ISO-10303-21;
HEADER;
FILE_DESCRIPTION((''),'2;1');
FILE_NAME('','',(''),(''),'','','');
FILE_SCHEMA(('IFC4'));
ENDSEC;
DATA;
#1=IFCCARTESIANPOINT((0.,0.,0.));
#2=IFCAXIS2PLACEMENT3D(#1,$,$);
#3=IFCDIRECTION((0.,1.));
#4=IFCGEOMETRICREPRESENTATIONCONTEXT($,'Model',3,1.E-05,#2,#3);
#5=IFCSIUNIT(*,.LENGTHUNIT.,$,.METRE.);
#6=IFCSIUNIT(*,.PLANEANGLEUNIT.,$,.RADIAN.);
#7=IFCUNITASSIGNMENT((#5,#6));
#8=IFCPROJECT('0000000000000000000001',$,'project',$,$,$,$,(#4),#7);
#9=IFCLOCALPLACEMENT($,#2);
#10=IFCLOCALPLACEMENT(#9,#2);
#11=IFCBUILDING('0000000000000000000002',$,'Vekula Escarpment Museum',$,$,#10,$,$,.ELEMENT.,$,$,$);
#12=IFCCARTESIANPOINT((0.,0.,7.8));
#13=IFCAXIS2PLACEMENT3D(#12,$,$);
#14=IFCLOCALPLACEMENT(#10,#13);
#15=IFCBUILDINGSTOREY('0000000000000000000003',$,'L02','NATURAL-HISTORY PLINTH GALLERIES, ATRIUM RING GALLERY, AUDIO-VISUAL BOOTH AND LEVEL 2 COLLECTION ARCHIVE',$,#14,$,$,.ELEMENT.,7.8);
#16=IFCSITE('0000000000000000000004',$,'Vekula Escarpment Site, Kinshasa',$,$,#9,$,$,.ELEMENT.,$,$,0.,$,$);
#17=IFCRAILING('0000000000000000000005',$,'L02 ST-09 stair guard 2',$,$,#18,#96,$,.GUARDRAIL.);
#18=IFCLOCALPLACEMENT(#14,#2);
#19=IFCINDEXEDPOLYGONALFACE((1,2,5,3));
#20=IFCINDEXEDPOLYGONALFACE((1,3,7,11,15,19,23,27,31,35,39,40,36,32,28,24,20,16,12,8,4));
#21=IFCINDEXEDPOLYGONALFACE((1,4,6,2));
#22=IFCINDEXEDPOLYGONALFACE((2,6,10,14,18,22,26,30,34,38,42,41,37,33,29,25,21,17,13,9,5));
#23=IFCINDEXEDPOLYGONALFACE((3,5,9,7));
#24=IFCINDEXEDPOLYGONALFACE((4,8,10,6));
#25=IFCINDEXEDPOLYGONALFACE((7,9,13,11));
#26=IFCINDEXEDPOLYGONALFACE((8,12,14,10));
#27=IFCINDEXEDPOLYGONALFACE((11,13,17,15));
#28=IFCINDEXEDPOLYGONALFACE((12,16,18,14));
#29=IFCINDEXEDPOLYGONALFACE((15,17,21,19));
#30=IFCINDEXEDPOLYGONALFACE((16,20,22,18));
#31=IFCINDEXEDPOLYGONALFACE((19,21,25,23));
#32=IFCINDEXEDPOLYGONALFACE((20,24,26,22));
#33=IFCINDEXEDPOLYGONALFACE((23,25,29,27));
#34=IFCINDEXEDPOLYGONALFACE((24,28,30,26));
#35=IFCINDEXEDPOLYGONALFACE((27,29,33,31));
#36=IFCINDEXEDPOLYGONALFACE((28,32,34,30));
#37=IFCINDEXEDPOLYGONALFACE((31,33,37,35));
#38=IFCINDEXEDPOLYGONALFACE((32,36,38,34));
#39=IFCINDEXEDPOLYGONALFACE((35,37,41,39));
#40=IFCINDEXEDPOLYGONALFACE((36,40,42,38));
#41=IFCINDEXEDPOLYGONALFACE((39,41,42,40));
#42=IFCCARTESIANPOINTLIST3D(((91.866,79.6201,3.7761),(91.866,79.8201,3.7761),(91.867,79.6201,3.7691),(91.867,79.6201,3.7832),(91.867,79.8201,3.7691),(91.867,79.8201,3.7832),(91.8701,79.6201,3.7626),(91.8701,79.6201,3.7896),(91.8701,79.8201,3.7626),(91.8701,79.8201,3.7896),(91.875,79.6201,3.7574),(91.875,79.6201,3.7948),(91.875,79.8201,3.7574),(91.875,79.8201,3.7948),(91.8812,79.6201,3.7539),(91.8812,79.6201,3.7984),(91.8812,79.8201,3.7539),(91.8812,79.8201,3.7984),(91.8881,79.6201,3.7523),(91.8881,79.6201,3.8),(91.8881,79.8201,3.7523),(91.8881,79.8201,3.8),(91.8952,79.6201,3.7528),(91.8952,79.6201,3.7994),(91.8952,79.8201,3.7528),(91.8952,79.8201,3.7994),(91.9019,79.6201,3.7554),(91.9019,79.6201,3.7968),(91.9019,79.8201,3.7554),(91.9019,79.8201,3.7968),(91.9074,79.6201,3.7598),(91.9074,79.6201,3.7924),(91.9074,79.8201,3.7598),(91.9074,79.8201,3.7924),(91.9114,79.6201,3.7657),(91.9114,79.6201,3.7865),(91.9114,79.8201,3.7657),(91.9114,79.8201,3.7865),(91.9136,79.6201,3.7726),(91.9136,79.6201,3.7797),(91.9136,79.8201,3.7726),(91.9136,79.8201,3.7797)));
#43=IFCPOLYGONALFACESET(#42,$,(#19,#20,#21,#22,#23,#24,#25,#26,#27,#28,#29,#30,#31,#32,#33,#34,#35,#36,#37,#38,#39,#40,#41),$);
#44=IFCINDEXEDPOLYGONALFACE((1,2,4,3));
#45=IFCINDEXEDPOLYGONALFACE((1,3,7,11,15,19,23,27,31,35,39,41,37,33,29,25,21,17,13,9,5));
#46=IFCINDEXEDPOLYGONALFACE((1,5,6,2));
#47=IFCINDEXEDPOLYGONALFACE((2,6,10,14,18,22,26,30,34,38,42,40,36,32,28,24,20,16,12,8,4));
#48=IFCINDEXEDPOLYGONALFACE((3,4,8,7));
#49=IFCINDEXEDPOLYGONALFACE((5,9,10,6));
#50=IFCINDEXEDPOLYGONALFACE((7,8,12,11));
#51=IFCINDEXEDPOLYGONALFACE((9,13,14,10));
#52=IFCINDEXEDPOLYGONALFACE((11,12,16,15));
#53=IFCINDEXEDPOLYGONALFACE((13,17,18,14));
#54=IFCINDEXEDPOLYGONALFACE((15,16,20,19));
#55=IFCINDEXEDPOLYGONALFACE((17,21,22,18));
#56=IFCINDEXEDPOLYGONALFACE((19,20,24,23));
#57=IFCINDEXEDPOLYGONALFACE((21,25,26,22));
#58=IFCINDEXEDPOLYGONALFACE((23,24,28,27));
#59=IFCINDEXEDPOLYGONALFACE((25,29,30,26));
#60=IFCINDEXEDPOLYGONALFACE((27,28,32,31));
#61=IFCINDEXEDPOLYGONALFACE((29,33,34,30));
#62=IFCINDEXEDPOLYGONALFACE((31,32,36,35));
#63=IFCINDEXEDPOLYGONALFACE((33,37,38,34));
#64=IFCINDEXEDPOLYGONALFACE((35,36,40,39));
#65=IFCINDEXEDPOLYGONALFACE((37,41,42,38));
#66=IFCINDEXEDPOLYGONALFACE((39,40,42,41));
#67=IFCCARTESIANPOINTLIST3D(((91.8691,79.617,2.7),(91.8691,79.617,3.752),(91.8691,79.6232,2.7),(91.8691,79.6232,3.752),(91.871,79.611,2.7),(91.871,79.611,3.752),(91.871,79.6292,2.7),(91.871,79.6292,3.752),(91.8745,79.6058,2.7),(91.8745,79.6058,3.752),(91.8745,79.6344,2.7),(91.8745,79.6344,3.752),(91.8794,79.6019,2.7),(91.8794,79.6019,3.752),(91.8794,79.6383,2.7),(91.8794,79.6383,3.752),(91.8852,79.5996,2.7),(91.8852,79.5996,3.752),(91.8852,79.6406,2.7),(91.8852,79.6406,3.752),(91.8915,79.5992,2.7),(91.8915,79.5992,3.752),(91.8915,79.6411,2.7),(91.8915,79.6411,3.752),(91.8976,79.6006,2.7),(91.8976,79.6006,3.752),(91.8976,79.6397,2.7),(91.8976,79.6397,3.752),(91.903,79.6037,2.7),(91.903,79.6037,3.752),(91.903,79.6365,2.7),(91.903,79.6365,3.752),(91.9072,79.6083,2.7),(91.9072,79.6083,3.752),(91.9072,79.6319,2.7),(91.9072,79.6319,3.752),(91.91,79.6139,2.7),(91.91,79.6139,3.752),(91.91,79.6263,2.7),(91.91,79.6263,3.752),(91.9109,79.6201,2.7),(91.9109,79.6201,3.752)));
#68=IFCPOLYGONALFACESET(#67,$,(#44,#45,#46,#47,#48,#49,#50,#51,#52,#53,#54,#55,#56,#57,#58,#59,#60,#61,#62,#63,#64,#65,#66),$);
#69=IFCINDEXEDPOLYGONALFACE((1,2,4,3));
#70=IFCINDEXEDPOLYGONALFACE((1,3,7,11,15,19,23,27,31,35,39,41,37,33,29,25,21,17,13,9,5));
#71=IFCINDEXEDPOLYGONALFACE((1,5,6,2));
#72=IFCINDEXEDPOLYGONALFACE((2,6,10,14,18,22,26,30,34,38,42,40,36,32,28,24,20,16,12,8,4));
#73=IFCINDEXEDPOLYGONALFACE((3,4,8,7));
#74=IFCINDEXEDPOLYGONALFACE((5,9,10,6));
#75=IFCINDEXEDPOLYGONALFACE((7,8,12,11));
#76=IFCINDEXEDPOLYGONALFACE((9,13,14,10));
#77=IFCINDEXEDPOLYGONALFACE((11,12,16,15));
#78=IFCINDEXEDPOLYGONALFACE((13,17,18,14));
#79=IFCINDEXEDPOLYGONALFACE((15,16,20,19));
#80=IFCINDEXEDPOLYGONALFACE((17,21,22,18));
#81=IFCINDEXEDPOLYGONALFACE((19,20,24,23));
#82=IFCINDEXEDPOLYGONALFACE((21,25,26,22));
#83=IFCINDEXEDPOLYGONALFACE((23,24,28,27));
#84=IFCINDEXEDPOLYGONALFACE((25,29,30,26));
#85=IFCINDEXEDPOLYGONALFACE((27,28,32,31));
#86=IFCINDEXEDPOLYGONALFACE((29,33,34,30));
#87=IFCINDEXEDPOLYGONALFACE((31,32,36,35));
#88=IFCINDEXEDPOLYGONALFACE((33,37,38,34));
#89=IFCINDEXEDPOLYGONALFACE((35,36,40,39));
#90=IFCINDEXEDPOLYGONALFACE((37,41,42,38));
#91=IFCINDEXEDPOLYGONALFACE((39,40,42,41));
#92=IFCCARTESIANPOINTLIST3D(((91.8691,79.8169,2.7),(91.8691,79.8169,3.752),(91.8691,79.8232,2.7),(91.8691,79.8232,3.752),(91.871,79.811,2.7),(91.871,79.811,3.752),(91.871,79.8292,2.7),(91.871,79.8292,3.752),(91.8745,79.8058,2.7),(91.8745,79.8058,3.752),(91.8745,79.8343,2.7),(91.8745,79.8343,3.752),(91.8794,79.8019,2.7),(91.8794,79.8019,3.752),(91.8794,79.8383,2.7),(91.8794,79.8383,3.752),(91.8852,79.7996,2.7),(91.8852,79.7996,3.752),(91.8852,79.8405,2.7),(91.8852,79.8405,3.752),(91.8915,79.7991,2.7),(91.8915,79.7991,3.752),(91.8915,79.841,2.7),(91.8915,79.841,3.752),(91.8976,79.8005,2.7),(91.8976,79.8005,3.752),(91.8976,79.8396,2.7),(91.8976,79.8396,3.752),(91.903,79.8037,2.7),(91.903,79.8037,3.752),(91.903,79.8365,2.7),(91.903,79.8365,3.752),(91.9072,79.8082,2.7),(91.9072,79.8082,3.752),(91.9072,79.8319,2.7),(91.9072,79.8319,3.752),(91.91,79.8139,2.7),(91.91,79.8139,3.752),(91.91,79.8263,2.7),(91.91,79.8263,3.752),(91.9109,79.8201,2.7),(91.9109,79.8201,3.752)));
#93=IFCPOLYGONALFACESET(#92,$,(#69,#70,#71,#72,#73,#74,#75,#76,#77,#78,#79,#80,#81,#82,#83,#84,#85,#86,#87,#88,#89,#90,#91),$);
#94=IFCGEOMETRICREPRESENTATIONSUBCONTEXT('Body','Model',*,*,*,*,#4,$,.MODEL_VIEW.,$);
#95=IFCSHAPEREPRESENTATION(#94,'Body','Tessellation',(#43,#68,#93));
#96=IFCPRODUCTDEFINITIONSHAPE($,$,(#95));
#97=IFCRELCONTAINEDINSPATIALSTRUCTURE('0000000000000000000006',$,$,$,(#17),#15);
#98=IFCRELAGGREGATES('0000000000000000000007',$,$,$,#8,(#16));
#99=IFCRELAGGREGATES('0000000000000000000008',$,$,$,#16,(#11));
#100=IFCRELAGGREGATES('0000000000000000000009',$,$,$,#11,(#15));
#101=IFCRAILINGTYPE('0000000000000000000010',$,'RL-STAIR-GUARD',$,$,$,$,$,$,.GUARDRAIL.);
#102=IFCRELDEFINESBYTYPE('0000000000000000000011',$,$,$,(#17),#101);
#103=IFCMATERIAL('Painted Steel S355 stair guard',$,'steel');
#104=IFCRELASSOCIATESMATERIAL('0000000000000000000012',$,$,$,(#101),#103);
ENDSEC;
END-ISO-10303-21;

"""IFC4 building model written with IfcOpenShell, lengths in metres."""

from ifc_helpers import new_model, si_unit, direction, frame, origin, origin_2d, place, context, subcontext, project, spatial, circle, extrude, material, type_object, element, save


model = new_model("IFC4")

# Units and contexts
model_context = context("Model", 3, precision=1e-05, world=origin(), true_north=direction((0.0, 1.0)))
body_context = subcontext(model_context, "Body", "Model", "MODEL_VIEW")
ifc_project = project(units=[si_unit("LENGTHUNIT", "METRE"), si_unit("PLANEANGLEUNIT", "RADIAN")], contexts=[model_context])

# Site, building, storey
site_placement = place(None, origin())
site = spatial("IfcSite", under=ifc_project, at=site_placement, Name="Vekula Escarpment Site, Kinshasa", CompositionType="ELEMENT", RefElevation=0.0)
building_placement = place(site_placement, origin())
building = spatial("IfcBuilding", under=site, at=building_placement, Name="Vekula Escarpment Museum", CompositionType="ELEMENT")
storey_placement = place(building_placement, frame((0.0, 0.0, 7.8)))
storey = spatial("IfcBuildingStorey", under=building, at=storey_placement, Name="L02", Description="NATURAL-HISTORY PLINTH GALLERIES, ATRIUM RING GALLERY, AUDIO-VISUAL BOOTH AND LEVEL 2 COLLECTION ARCHIVE", CompositionType="ELEMENT", Elevation=7.8)

# Railing
ifc_material_1 = material(Name="Painted Steel S355 stair guard", Category="steel")
railing_type_1 = type_object("IfcRailingType", Name="RL-STAIR-GUARD", PredefinedType="GUARDRAIL", material=ifc_material_1)
railing_1_placement = place(storey_placement, frame((91.8899, 79.6201, 2.7)))
element("IfcRailing", 1, at=railing_1_placement, inside=storey, type_object=railing_type_1, Name="L02 ST-09 stair guard 2", PredefinedType="GUARDRAIL", context=body_context, shape_type="SweptSolid", body=[
    extrude(circle(Radius=0.0239, at=origin_2d()), frame((0.0, 0.0, 1.0762), z_axis=(0.0, 1.0, 0.0), x_axis=(-1.0, 0.0, 0.0)), (0.0, 0.0, 1.0), 0.2),
    extrude(circle(Radius=0.021, at=origin_2d()), origin(), (0.0, 0.0, 1.0), 1.052),
    extrude(circle(Radius=0.021, at=origin_2d()), frame((0.0, 0.2, 0.0)), (0.0, 0.0, 1.0), 1.052),
])

save(model, "model.ifc")
